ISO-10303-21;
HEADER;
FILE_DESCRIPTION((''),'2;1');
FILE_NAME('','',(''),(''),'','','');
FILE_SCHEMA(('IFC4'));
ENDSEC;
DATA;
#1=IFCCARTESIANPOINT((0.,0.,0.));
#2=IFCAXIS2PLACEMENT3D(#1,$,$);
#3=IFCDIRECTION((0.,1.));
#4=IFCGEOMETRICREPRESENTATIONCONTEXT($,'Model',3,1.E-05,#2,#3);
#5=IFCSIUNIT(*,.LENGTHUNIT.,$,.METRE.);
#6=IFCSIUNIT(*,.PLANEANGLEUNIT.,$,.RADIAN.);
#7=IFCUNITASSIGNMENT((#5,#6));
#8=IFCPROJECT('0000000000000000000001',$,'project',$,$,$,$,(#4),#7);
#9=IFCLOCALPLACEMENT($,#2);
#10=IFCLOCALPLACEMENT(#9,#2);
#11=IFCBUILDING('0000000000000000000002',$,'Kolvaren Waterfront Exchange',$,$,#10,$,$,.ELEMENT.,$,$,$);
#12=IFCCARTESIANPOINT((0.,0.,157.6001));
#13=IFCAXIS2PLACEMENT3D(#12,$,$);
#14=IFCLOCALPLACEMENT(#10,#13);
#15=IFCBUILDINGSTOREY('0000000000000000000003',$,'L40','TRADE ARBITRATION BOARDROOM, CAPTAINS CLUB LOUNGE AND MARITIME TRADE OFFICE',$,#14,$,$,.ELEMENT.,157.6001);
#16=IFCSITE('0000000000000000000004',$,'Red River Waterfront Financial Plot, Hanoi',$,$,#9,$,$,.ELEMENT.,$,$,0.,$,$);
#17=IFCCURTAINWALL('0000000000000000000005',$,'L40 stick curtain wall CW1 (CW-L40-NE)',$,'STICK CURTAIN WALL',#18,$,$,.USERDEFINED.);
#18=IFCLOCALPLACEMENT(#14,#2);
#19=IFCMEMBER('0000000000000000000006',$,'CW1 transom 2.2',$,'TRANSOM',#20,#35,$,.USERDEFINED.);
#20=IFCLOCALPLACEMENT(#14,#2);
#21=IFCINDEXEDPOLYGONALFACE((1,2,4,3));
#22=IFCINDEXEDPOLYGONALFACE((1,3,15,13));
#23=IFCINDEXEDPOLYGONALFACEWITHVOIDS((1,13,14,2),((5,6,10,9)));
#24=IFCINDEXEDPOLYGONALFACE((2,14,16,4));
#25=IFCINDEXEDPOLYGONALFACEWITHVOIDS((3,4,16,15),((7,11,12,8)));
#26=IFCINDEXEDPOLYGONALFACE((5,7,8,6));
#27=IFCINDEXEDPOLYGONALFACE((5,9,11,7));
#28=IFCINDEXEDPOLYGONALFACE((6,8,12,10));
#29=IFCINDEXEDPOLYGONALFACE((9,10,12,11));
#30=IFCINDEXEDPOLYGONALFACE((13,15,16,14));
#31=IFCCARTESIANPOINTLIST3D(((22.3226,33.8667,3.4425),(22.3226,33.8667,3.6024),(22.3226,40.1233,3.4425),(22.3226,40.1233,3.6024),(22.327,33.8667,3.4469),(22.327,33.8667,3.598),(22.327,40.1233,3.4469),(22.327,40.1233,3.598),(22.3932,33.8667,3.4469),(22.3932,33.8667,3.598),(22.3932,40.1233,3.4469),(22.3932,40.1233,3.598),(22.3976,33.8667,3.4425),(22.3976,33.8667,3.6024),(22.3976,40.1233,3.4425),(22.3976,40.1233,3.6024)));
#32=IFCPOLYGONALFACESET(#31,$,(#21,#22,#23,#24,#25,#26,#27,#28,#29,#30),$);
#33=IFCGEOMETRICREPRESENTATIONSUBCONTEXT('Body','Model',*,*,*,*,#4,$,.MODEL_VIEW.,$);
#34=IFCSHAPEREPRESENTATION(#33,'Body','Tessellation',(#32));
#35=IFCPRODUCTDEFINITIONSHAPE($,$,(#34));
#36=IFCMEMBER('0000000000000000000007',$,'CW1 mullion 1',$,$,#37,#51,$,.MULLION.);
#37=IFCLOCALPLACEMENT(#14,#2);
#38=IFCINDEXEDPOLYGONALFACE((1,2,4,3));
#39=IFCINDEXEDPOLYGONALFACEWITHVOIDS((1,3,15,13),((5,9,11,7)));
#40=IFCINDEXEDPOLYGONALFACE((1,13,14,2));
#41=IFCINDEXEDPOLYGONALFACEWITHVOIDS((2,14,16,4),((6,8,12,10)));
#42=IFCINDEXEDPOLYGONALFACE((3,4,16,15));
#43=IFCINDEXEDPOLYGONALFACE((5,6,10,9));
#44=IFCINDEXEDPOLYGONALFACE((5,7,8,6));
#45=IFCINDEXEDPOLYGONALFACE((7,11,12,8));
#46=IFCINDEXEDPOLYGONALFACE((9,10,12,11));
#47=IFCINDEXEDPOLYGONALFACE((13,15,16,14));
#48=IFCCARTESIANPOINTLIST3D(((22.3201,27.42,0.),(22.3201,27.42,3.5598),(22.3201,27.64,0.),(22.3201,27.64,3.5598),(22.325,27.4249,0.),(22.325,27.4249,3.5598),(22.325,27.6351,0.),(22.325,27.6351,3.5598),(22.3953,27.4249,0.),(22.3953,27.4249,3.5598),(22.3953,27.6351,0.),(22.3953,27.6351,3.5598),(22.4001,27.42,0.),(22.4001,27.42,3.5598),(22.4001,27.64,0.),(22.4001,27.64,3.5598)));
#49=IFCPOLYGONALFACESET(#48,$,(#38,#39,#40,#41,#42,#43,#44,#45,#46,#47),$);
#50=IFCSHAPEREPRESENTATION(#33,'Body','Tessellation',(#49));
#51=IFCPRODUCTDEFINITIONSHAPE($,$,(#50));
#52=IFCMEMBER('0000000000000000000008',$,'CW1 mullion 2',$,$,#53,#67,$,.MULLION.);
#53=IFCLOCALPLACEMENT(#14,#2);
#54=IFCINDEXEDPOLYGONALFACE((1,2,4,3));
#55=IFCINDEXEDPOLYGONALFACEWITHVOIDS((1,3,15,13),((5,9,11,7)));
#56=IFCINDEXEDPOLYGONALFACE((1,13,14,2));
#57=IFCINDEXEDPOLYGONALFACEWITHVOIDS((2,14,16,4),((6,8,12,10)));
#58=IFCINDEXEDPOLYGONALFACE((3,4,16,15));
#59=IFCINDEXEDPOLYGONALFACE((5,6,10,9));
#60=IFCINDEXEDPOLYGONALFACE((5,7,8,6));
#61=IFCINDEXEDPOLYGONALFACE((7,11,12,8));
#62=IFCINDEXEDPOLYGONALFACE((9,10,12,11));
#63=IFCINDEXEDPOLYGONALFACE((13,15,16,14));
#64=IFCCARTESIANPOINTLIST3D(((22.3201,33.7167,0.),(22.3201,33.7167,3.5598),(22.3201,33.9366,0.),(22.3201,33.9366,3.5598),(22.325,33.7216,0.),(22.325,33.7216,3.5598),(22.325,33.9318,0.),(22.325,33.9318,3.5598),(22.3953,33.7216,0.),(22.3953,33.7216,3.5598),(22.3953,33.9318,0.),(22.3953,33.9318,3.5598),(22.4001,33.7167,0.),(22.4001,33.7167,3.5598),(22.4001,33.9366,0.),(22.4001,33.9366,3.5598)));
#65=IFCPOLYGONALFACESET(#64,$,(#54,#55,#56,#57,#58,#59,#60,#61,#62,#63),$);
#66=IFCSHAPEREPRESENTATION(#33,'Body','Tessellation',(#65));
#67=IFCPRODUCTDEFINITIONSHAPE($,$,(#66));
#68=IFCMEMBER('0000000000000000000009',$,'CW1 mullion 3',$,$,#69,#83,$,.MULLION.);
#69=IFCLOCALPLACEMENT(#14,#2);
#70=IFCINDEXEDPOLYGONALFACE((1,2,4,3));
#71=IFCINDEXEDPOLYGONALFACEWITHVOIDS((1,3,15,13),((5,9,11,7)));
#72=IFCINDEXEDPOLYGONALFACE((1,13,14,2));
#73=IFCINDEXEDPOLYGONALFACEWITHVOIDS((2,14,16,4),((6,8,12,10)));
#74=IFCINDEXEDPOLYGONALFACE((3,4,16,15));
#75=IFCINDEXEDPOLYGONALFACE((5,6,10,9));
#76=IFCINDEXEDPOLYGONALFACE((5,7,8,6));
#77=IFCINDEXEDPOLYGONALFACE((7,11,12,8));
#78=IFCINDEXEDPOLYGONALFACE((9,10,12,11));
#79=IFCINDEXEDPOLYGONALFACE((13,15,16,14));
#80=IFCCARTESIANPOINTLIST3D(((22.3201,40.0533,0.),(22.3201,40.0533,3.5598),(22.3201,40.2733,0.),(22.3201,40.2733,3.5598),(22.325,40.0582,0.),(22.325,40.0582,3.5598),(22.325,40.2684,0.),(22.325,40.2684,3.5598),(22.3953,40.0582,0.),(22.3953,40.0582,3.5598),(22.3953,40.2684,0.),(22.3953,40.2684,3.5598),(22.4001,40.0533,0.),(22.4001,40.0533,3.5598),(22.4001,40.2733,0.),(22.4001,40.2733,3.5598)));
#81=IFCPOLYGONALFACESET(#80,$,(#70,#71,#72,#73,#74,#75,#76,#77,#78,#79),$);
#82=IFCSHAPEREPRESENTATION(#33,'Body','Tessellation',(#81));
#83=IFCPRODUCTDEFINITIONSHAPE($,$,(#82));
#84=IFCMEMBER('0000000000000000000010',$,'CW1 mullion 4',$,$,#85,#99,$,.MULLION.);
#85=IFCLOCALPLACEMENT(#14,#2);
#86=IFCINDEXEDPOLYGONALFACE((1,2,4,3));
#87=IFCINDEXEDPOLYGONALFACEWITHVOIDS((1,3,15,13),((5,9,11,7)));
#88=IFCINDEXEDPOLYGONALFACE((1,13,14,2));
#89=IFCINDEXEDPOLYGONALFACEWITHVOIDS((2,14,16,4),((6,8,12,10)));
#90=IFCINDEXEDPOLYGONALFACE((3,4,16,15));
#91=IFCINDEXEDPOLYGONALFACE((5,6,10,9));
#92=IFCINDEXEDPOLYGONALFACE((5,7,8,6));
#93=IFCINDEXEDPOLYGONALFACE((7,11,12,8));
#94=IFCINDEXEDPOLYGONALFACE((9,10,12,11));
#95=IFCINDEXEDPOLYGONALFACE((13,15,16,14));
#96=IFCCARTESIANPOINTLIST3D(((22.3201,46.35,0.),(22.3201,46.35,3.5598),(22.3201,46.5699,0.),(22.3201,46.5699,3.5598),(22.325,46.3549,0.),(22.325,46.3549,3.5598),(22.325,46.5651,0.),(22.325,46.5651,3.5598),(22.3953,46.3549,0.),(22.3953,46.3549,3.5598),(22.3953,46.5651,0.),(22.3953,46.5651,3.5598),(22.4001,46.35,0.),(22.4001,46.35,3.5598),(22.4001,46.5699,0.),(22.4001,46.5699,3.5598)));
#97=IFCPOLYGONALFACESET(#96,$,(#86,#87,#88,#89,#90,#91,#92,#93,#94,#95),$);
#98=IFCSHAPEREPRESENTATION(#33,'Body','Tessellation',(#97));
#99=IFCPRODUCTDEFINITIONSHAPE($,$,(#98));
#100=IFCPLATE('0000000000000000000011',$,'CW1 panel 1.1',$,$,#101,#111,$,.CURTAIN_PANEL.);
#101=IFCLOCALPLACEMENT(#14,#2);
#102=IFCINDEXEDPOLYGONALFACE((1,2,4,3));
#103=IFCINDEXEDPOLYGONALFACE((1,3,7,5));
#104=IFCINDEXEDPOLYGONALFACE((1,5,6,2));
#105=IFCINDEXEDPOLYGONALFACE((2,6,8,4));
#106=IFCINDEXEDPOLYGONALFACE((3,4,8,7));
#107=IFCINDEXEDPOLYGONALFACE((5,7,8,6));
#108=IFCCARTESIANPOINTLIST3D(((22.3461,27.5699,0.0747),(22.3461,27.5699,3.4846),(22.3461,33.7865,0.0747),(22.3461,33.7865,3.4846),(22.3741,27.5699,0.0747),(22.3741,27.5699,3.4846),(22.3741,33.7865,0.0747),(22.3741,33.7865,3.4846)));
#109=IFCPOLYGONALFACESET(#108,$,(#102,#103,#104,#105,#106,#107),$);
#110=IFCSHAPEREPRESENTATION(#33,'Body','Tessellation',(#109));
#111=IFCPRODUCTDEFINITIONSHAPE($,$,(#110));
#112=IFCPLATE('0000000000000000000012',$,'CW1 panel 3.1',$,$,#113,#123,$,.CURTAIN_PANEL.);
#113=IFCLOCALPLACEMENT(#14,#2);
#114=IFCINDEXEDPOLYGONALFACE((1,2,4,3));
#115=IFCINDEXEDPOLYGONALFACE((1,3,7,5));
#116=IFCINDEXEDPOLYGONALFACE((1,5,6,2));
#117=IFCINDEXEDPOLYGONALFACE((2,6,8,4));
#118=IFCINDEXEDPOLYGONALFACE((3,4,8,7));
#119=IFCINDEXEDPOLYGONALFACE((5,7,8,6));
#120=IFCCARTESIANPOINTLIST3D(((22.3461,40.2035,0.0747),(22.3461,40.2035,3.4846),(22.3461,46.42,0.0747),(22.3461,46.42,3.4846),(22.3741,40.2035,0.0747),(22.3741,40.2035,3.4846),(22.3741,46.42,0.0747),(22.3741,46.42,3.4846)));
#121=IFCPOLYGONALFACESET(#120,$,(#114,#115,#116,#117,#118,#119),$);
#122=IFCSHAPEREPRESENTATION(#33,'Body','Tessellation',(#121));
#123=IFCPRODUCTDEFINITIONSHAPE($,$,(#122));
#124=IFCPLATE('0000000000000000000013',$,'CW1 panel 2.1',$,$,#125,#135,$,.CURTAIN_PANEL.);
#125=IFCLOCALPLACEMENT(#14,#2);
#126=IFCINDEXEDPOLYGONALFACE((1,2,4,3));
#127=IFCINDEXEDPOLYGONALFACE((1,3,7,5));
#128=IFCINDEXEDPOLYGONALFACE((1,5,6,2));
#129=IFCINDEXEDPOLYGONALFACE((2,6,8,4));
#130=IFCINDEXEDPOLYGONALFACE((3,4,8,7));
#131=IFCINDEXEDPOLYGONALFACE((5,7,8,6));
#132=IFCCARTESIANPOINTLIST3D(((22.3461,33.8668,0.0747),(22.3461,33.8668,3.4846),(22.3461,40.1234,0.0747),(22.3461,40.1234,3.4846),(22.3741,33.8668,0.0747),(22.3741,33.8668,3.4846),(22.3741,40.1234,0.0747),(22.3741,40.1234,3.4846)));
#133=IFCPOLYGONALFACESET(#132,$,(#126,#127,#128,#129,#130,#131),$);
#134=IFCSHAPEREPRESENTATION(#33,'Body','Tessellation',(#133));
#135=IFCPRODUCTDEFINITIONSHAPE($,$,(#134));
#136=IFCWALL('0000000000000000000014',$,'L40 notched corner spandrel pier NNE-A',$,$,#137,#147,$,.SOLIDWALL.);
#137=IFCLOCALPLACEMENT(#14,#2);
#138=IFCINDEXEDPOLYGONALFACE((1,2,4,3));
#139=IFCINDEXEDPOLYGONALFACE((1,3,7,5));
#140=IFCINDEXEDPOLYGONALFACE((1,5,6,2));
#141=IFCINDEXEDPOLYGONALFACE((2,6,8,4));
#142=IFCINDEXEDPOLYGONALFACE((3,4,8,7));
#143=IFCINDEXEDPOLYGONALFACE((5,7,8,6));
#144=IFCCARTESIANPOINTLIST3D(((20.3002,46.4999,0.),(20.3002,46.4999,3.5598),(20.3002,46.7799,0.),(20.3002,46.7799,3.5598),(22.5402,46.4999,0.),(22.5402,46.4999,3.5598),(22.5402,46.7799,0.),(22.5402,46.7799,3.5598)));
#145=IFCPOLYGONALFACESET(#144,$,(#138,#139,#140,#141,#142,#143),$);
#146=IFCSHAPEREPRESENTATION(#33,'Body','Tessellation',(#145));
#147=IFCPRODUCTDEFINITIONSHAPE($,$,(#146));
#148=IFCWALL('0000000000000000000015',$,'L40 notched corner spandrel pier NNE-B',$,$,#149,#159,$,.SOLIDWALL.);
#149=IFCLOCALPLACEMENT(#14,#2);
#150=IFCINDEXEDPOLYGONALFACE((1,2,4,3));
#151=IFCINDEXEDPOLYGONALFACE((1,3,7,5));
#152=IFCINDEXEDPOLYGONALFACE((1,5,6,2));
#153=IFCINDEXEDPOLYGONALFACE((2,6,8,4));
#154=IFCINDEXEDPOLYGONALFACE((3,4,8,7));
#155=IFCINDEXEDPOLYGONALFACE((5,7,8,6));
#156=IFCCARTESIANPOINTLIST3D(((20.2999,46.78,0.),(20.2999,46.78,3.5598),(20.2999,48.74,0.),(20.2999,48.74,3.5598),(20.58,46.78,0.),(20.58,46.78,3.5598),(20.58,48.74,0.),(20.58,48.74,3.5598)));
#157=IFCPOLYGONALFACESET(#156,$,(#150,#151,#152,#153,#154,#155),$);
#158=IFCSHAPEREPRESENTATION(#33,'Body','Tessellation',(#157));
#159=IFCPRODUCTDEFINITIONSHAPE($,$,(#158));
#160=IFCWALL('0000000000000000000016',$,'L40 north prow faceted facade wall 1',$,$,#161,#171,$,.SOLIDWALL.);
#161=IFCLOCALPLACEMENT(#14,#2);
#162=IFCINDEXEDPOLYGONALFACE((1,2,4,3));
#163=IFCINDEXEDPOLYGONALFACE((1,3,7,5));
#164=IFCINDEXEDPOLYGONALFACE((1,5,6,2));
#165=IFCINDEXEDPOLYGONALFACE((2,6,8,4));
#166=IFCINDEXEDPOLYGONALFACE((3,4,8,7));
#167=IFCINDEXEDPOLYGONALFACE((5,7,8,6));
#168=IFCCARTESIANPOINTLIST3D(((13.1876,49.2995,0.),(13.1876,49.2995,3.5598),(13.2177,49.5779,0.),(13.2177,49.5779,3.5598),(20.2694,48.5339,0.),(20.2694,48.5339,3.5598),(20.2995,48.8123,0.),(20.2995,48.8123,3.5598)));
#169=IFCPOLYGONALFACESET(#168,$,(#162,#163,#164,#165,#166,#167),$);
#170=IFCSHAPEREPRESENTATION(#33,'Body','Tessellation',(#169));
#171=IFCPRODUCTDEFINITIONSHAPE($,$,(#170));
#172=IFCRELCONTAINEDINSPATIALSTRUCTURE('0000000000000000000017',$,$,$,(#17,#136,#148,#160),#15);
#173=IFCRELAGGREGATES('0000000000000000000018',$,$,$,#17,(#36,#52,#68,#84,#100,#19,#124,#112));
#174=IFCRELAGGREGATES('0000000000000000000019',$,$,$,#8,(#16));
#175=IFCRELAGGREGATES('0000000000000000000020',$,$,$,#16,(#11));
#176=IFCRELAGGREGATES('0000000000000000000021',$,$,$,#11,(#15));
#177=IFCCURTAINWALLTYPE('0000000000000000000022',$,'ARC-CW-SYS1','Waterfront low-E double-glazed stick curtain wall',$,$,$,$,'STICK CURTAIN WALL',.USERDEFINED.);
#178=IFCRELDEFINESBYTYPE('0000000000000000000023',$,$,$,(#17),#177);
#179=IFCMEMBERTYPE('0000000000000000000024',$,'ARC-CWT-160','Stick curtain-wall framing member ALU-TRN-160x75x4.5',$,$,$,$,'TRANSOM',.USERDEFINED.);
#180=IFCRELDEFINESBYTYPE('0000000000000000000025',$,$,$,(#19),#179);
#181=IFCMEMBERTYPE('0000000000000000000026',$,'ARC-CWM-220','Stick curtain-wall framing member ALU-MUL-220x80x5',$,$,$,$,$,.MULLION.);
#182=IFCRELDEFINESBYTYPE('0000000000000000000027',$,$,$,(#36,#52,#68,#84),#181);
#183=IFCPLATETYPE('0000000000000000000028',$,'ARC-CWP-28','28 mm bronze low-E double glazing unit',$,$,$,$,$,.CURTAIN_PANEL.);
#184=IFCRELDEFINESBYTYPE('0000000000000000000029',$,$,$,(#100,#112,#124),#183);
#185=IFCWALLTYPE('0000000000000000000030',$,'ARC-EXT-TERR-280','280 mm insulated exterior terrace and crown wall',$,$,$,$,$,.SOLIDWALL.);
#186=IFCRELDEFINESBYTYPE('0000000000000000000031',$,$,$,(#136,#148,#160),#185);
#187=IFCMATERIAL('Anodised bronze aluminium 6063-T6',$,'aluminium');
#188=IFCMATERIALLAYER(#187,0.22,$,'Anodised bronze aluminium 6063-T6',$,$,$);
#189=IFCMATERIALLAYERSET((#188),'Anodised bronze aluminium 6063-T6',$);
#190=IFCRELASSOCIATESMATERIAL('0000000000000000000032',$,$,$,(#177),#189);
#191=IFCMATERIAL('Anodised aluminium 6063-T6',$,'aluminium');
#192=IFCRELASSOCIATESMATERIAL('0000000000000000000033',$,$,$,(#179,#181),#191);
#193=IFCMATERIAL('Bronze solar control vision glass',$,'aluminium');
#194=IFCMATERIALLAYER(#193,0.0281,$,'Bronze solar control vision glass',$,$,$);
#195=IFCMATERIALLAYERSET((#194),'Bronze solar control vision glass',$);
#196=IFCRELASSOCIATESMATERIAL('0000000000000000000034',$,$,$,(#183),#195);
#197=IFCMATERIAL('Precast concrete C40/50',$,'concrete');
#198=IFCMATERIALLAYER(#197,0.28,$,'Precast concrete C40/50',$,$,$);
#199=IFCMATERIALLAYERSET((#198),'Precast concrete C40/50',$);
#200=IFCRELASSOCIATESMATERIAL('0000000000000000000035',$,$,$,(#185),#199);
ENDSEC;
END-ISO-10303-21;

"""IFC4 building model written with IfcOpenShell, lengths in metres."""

from ifc_helpers import new_model, si_unit, direction, frame, frame_2d, origin, origin_with_axes, origin_2d, place, context, subcontext, project, spatial, rectangle, hollow_rectangle, extrude, source, transform, mapped, material, layer, layer_set, material_profile, profile_set, type_object, element, aggregate, save


model = new_model("IFC4")

# Units and contexts
model_context = context("Model", 3, precision=1e-05, world=origin(), true_north=direction((0.0, 1.0)))
body_context = subcontext(model_context, "Body", "Model", "MODEL_VIEW")
ifc_project = project(units=[si_unit("LENGTHUNIT", "METRE"), si_unit("PLANEANGLEUNIT", "RADIAN")], contexts=[model_context])

# Site, building, storey
site_placement = place(None, origin())
site = spatial("IfcSite", under=ifc_project, at=site_placement, Name="Red River Waterfront Financial Plot, Hanoi", CompositionType="ELEMENT", RefElevation=0.0)
building_placement = place(site_placement, origin())
building = spatial("IfcBuilding", under=site, at=building_placement, Name="Kolvaren Waterfront Exchange", CompositionType="ELEMENT")
storey_placement = place(building_placement, frame((0.0, 0.0, 157.6001)))
storey = spatial("IfcBuildingStorey", under=building, at=storey_placement, Name="L40", Description="TRADE ARBITRATION BOARDROOM, CAPTAINS CLUB LOUNGE AND MARITIME TRADE OFFICE", CompositionType="ELEMENT", Elevation=157.6001)

# Curtain wall, members, plates
ifc_material_1 = material(Name="Anodised bronze aluminium 6063-T6", Category="aluminium")
ifc_layer_1 = layer(ifc_material_1, 0.22, Name="Anodised bronze aluminium 6063-T6")
ifc_layer_set_1 = layer_set([ifc_layer_1], Name="Anodised bronze aluminium 6063-T6")
curtain_wall_type = type_object("IfcCurtainWallType", Name="ARC-CW-SYS1", Description="Waterfront low-E double-glazed stick curtain wall", ElementType="STICK CURTAIN WALL", PredefinedType="USERDEFINED", material=ifc_layer_set_1)
curtain_wall_placement = place(storey_placement, origin())
curtain_wall = element("IfcCurtainWall", 1, at=curtain_wall_placement, inside=storey, type_object=curtain_wall_type, Name="L40 stick curtain wall CW1 (CW-L40-NE)", ObjectType="STICK CURTAIN WALL", PredefinedType="USERDEFINED")
ifc_material_2 = material(Name="Anodised aluminium 6063-T6", Category="aluminium")
ifc_material_profile_1 = material_profile(ifc_material_2, hollow_rectangle(XDim=0.075, YDim=0.1599, WallThickness=0.0044, at=origin_2d()), Name="ALU-TRN-160x75x4.5")
ifc_profile_set_1 = profile_set([ifc_material_profile_1], Name="Anodised aluminium 6063-T6")
member_type_1 = type_object("IfcMemberType", Name="ARC-CWT-160", Description="Stick curtain-wall framing member ALU-TRN-160x75x4.5", ElementType="TRANSOM", PredefinedType="USERDEFINED", material=ifc_profile_set_1)
shared_shape_1 = source(origin_with_axes(), body_context, "Body", "SweptSolid", [
    extrude(hollow_rectangle(XDim=0.075, YDim=0.1599, WallThickness=0.0044, at=origin_2d()), origin(), (0.0, 0.0, 1.0), 6.2566),
])
member_1_placement = place(storey_placement, frame((22.3601, 33.8667, 3.5225), z_axis=(0.0, 1.0, 0.0), x_axis=(-1.0, 0.0, 0.0)))
member_1 = element("IfcMember", 2, at=member_1_placement, type_object=member_type_1, Name="CW1 transom 2.2", ObjectType="TRANSOM", PredefinedType="USERDEFINED", context=body_context, shape_type="MappedRepresentation", body=[
    mapped(shared_shape_1, transform((0.0, 0.0, 0.0), x_axis=(1.0, 0.0, 0.0), y_axis=(0.0, 1.0, 0.0), z_axis=(0.0, 0.0, 1.0), scale=1.0)),
])
ifc_material_profile_2 = material_profile(ifc_material_2, hollow_rectangle(XDim=0.0801, YDim=0.22, WallThickness=0.0049, at=origin_2d()), Name="ALU-MUL-220x80x5")
ifc_profile_set_2 = profile_set([ifc_material_profile_2], Name="Anodised aluminium 6063-T6")
member_type_2 = type_object("IfcMemberType", Name="ARC-CWM-220", Description="Stick curtain-wall framing member ALU-MUL-220x80x5", PredefinedType="MULLION", material=ifc_profile_set_2)
shared_shape_2 = source(origin_with_axes(), body_context, "Body", "SweptSolid", [
    extrude(hollow_rectangle(XDim=0.0801, YDim=0.22, WallThickness=0.0049, at=origin_2d()), origin(), (0.0, 0.0, 1.0), 3.5598),
])
member_2_placement = place(storey_placement, frame((22.3601, 27.53, 0.0), z_axis=(0.0, 0.0, 1.0), x_axis=(-1.0, 0.0, 0.0)))
member_2 = element("IfcMember", 3, at=member_2_placement, type_object=member_type_2, Name="CW1 mullion 1", PredefinedType="MULLION", context=body_context, shape_type="MappedRepresentation", body=[
    mapped(shared_shape_2, transform((0.0, 0.0, 0.0), x_axis=(1.0, 0.0, 0.0), y_axis=(0.0, 1.0, 0.0), z_axis=(0.0, 0.0, 1.0), scale=1.0)),
])
member_3_placement = place(storey_placement, frame((22.3601, 33.8267, 0.0), z_axis=(0.0, 0.0, 1.0), x_axis=(-1.0, 0.0, 0.0)))
member_3 = element("IfcMember", 4, at=member_3_placement, type_object=member_type_2, Name="CW1 mullion 2", PredefinedType="MULLION", context=body_context, shape_type="MappedRepresentation", body=[
    mapped(shared_shape_2, transform((0.0, 0.0, 0.0), x_axis=(1.0, 0.0, 0.0), y_axis=(0.0, 1.0, 0.0), z_axis=(0.0, 0.0, 1.0), scale=1.0)),
])
member_4_placement = place(storey_placement, frame((22.3601, 40.1633, 0.0), z_axis=(0.0, 0.0, 1.0), x_axis=(-1.0, 0.0, 0.0)))
member_4 = element("IfcMember", 5, at=member_4_placement, type_object=member_type_2, Name="CW1 mullion 3", PredefinedType="MULLION", context=body_context, shape_type="MappedRepresentation", body=[
    mapped(shared_shape_2, transform((0.0, 0.0, 0.0), x_axis=(1.0, 0.0, 0.0), y_axis=(0.0, 1.0, 0.0), z_axis=(0.0, 0.0, 1.0), scale=1.0)),
])
member_5_placement = place(storey_placement, frame((22.3601, 46.46, 0.0), z_axis=(0.0, 0.0, 1.0), x_axis=(-1.0, 0.0, 0.0)))
member_5 = element("IfcMember", 6, at=member_5_placement, type_object=member_type_2, Name="CW1 mullion 4", PredefinedType="MULLION", context=body_context, shape_type="MappedRepresentation", body=[
    mapped(shared_shape_2, transform((0.0, 0.0, 0.0), x_axis=(1.0, 0.0, 0.0), y_axis=(0.0, 1.0, 0.0), z_axis=(0.0, 0.0, 1.0), scale=1.0)),
])
ifc_material_3 = material(Name="Bronze solar control vision glass", Category="aluminium")
ifc_layer_2 = layer(ifc_material_3, 0.0281, Name="Bronze solar control vision glass")
ifc_layer_set_2 = layer_set([ifc_layer_2], Name="Bronze solar control vision glass")
plate_type = type_object("IfcPlateType", Name="ARC-CWP-28", Description="28 mm bronze low-E double glazing unit", PredefinedType="CURTAIN_PANEL", material=ifc_layer_set_2)
shared_shape_3 = source(origin_with_axes(), body_context, "Body", "SweptSolid", [
    extrude(rectangle(XDim=6.2166, YDim=0.0281, at=origin_2d()), origin(), (0.0, 0.0, 1.0), 3.4099),
])
plate_1_placement = place(storey_placement, frame((22.3601, 30.6782, 0.0747), z_axis=(0.0, 0.0, 1.0), x_axis=(0.0, 1.0, 0.0)))
plate_1 = element("IfcPlate", 7, at=plate_1_placement, type_object=plate_type, Name="CW1 panel 1.1", PredefinedType="CURTAIN_PANEL", context=body_context, shape_type="MappedRepresentation", body=[
    mapped(shared_shape_3, transform((0.0, 0.0, 0.0), x_axis=(1.0, 0.0, 0.0), y_axis=(0.0, 1.0, 0.0), z_axis=(0.0, 0.0, 1.0), scale=1.0)),
])
plate_2_placement = place(storey_placement, frame((22.3601, 43.3118, 0.0747), z_axis=(0.0, 0.0, 1.0), x_axis=(0.0, 1.0, 0.0)))
plate_2 = element("IfcPlate", 8, at=plate_2_placement, type_object=plate_type, Name="CW1 panel 3.1", PredefinedType="CURTAIN_PANEL", context=body_context, shape_type="MappedRepresentation", body=[
    mapped(shared_shape_3, transform((0.0, 0.0, 0.0), x_axis=(1.0, 0.0, 0.0), y_axis=(0.0, 1.0, 0.0), z_axis=(0.0, 0.0, 1.0), scale=1.0)),
])
shared_shape_4 = source(origin_with_axes(), body_context, "Body", "SweptSolid", [
    extrude(rectangle(XDim=6.2566, YDim=0.0281, at=origin_2d()), origin(), (0.0, 0.0, 1.0), 3.4099),
])
plate_3_placement = place(storey_placement, frame((22.3601, 36.9951, 0.0747), z_axis=(0.0, 0.0, 1.0), x_axis=(0.0, 1.0, 0.0)))
plate_3 = element("IfcPlate", 9, at=plate_3_placement, type_object=plate_type, Name="CW1 panel 2.1", PredefinedType="CURTAIN_PANEL", context=body_context, shape_type="MappedRepresentation", body=[
    mapped(shared_shape_4, transform((0.0, 0.0, 0.0), x_axis=(1.0, 0.0, 0.0), y_axis=(0.0, 1.0, 0.0), z_axis=(0.0, 0.0, 1.0), scale=1.0)),
])
aggregate(curtain_wall, [member_2, member_3, member_4, member_5, plate_1, member_1, plate_3, plate_2])

# Walls
ifc_material_4 = material(Name="Precast concrete C40/50", Category="concrete")
ifc_layer_3 = layer(ifc_material_4, 0.28, Name="Precast concrete C40/50")
ifc_layer_set_3 = layer_set([ifc_layer_3], Name="Precast concrete C40/50")
wall_type = type_object("IfcWallType", Name="ARC-EXT-TERR-280", Description="280 mm insulated exterior terrace and crown wall", PredefinedType="SOLIDWALL", material=ifc_layer_set_3)
wall_1_placement = place(storey_placement, frame((20.3, 46.6399, 0.0), z_axis=(0.0, 0.0, 1.0), x_axis=(1.0, 0.0, 0.0)))
element("IfcWall", 10, at=wall_1_placement, inside=storey, type_object=wall_type, Name="L40 notched corner spandrel pier NNE-A", PredefinedType="SOLIDWALL", context=body_context, shape_type="SweptSolid", body=[
    extrude(rectangle(XDim=2.24, YDim=0.28, at=frame_2d((1.1201, 0.0))), origin(), (0.0, 0.0, 1.0), 3.5598),
])
wall_2_placement = place(storey_placement, frame((20.4399, 46.78, 0.0), z_axis=(0.0, 0.0, 1.0), x_axis=(0.0, 1.0, 0.0)))
element("IfcWall", 11, at=wall_2_placement, inside=storey, type_object=wall_type, Name="L40 notched corner spandrel pier NNE-B", PredefinedType="SOLIDWALL", context=body_context, shape_type="SweptSolid", body=[
    extrude(rectangle(XDim=1.96, YDim=0.28, at=frame_2d((0.98, 0.0))), origin(), (0.0, 0.0, 1.0), 3.5598),
])
wall_3_placement = place(storey_placement, frame((20.2844, 48.6731, 0.0), z_axis=(0.0, 0.0, 1.0), x_axis=(-0.994207, 0.107486, 0.0)))
element("IfcWall", 12, at=wall_3_placement, inside=storey, type_object=wall_type, Name="L40 north prow faceted facade wall 1", PredefinedType="SOLIDWALL", context=body_context, shape_type="SweptSolid", body=[
    extrude(rectangle(XDim=7.123, YDim=0.28, at=frame_2d((3.5615, 0.0))), origin(), (0.0, 0.0, 1.0), 3.5598),
])

save(model, "model.ifc")
